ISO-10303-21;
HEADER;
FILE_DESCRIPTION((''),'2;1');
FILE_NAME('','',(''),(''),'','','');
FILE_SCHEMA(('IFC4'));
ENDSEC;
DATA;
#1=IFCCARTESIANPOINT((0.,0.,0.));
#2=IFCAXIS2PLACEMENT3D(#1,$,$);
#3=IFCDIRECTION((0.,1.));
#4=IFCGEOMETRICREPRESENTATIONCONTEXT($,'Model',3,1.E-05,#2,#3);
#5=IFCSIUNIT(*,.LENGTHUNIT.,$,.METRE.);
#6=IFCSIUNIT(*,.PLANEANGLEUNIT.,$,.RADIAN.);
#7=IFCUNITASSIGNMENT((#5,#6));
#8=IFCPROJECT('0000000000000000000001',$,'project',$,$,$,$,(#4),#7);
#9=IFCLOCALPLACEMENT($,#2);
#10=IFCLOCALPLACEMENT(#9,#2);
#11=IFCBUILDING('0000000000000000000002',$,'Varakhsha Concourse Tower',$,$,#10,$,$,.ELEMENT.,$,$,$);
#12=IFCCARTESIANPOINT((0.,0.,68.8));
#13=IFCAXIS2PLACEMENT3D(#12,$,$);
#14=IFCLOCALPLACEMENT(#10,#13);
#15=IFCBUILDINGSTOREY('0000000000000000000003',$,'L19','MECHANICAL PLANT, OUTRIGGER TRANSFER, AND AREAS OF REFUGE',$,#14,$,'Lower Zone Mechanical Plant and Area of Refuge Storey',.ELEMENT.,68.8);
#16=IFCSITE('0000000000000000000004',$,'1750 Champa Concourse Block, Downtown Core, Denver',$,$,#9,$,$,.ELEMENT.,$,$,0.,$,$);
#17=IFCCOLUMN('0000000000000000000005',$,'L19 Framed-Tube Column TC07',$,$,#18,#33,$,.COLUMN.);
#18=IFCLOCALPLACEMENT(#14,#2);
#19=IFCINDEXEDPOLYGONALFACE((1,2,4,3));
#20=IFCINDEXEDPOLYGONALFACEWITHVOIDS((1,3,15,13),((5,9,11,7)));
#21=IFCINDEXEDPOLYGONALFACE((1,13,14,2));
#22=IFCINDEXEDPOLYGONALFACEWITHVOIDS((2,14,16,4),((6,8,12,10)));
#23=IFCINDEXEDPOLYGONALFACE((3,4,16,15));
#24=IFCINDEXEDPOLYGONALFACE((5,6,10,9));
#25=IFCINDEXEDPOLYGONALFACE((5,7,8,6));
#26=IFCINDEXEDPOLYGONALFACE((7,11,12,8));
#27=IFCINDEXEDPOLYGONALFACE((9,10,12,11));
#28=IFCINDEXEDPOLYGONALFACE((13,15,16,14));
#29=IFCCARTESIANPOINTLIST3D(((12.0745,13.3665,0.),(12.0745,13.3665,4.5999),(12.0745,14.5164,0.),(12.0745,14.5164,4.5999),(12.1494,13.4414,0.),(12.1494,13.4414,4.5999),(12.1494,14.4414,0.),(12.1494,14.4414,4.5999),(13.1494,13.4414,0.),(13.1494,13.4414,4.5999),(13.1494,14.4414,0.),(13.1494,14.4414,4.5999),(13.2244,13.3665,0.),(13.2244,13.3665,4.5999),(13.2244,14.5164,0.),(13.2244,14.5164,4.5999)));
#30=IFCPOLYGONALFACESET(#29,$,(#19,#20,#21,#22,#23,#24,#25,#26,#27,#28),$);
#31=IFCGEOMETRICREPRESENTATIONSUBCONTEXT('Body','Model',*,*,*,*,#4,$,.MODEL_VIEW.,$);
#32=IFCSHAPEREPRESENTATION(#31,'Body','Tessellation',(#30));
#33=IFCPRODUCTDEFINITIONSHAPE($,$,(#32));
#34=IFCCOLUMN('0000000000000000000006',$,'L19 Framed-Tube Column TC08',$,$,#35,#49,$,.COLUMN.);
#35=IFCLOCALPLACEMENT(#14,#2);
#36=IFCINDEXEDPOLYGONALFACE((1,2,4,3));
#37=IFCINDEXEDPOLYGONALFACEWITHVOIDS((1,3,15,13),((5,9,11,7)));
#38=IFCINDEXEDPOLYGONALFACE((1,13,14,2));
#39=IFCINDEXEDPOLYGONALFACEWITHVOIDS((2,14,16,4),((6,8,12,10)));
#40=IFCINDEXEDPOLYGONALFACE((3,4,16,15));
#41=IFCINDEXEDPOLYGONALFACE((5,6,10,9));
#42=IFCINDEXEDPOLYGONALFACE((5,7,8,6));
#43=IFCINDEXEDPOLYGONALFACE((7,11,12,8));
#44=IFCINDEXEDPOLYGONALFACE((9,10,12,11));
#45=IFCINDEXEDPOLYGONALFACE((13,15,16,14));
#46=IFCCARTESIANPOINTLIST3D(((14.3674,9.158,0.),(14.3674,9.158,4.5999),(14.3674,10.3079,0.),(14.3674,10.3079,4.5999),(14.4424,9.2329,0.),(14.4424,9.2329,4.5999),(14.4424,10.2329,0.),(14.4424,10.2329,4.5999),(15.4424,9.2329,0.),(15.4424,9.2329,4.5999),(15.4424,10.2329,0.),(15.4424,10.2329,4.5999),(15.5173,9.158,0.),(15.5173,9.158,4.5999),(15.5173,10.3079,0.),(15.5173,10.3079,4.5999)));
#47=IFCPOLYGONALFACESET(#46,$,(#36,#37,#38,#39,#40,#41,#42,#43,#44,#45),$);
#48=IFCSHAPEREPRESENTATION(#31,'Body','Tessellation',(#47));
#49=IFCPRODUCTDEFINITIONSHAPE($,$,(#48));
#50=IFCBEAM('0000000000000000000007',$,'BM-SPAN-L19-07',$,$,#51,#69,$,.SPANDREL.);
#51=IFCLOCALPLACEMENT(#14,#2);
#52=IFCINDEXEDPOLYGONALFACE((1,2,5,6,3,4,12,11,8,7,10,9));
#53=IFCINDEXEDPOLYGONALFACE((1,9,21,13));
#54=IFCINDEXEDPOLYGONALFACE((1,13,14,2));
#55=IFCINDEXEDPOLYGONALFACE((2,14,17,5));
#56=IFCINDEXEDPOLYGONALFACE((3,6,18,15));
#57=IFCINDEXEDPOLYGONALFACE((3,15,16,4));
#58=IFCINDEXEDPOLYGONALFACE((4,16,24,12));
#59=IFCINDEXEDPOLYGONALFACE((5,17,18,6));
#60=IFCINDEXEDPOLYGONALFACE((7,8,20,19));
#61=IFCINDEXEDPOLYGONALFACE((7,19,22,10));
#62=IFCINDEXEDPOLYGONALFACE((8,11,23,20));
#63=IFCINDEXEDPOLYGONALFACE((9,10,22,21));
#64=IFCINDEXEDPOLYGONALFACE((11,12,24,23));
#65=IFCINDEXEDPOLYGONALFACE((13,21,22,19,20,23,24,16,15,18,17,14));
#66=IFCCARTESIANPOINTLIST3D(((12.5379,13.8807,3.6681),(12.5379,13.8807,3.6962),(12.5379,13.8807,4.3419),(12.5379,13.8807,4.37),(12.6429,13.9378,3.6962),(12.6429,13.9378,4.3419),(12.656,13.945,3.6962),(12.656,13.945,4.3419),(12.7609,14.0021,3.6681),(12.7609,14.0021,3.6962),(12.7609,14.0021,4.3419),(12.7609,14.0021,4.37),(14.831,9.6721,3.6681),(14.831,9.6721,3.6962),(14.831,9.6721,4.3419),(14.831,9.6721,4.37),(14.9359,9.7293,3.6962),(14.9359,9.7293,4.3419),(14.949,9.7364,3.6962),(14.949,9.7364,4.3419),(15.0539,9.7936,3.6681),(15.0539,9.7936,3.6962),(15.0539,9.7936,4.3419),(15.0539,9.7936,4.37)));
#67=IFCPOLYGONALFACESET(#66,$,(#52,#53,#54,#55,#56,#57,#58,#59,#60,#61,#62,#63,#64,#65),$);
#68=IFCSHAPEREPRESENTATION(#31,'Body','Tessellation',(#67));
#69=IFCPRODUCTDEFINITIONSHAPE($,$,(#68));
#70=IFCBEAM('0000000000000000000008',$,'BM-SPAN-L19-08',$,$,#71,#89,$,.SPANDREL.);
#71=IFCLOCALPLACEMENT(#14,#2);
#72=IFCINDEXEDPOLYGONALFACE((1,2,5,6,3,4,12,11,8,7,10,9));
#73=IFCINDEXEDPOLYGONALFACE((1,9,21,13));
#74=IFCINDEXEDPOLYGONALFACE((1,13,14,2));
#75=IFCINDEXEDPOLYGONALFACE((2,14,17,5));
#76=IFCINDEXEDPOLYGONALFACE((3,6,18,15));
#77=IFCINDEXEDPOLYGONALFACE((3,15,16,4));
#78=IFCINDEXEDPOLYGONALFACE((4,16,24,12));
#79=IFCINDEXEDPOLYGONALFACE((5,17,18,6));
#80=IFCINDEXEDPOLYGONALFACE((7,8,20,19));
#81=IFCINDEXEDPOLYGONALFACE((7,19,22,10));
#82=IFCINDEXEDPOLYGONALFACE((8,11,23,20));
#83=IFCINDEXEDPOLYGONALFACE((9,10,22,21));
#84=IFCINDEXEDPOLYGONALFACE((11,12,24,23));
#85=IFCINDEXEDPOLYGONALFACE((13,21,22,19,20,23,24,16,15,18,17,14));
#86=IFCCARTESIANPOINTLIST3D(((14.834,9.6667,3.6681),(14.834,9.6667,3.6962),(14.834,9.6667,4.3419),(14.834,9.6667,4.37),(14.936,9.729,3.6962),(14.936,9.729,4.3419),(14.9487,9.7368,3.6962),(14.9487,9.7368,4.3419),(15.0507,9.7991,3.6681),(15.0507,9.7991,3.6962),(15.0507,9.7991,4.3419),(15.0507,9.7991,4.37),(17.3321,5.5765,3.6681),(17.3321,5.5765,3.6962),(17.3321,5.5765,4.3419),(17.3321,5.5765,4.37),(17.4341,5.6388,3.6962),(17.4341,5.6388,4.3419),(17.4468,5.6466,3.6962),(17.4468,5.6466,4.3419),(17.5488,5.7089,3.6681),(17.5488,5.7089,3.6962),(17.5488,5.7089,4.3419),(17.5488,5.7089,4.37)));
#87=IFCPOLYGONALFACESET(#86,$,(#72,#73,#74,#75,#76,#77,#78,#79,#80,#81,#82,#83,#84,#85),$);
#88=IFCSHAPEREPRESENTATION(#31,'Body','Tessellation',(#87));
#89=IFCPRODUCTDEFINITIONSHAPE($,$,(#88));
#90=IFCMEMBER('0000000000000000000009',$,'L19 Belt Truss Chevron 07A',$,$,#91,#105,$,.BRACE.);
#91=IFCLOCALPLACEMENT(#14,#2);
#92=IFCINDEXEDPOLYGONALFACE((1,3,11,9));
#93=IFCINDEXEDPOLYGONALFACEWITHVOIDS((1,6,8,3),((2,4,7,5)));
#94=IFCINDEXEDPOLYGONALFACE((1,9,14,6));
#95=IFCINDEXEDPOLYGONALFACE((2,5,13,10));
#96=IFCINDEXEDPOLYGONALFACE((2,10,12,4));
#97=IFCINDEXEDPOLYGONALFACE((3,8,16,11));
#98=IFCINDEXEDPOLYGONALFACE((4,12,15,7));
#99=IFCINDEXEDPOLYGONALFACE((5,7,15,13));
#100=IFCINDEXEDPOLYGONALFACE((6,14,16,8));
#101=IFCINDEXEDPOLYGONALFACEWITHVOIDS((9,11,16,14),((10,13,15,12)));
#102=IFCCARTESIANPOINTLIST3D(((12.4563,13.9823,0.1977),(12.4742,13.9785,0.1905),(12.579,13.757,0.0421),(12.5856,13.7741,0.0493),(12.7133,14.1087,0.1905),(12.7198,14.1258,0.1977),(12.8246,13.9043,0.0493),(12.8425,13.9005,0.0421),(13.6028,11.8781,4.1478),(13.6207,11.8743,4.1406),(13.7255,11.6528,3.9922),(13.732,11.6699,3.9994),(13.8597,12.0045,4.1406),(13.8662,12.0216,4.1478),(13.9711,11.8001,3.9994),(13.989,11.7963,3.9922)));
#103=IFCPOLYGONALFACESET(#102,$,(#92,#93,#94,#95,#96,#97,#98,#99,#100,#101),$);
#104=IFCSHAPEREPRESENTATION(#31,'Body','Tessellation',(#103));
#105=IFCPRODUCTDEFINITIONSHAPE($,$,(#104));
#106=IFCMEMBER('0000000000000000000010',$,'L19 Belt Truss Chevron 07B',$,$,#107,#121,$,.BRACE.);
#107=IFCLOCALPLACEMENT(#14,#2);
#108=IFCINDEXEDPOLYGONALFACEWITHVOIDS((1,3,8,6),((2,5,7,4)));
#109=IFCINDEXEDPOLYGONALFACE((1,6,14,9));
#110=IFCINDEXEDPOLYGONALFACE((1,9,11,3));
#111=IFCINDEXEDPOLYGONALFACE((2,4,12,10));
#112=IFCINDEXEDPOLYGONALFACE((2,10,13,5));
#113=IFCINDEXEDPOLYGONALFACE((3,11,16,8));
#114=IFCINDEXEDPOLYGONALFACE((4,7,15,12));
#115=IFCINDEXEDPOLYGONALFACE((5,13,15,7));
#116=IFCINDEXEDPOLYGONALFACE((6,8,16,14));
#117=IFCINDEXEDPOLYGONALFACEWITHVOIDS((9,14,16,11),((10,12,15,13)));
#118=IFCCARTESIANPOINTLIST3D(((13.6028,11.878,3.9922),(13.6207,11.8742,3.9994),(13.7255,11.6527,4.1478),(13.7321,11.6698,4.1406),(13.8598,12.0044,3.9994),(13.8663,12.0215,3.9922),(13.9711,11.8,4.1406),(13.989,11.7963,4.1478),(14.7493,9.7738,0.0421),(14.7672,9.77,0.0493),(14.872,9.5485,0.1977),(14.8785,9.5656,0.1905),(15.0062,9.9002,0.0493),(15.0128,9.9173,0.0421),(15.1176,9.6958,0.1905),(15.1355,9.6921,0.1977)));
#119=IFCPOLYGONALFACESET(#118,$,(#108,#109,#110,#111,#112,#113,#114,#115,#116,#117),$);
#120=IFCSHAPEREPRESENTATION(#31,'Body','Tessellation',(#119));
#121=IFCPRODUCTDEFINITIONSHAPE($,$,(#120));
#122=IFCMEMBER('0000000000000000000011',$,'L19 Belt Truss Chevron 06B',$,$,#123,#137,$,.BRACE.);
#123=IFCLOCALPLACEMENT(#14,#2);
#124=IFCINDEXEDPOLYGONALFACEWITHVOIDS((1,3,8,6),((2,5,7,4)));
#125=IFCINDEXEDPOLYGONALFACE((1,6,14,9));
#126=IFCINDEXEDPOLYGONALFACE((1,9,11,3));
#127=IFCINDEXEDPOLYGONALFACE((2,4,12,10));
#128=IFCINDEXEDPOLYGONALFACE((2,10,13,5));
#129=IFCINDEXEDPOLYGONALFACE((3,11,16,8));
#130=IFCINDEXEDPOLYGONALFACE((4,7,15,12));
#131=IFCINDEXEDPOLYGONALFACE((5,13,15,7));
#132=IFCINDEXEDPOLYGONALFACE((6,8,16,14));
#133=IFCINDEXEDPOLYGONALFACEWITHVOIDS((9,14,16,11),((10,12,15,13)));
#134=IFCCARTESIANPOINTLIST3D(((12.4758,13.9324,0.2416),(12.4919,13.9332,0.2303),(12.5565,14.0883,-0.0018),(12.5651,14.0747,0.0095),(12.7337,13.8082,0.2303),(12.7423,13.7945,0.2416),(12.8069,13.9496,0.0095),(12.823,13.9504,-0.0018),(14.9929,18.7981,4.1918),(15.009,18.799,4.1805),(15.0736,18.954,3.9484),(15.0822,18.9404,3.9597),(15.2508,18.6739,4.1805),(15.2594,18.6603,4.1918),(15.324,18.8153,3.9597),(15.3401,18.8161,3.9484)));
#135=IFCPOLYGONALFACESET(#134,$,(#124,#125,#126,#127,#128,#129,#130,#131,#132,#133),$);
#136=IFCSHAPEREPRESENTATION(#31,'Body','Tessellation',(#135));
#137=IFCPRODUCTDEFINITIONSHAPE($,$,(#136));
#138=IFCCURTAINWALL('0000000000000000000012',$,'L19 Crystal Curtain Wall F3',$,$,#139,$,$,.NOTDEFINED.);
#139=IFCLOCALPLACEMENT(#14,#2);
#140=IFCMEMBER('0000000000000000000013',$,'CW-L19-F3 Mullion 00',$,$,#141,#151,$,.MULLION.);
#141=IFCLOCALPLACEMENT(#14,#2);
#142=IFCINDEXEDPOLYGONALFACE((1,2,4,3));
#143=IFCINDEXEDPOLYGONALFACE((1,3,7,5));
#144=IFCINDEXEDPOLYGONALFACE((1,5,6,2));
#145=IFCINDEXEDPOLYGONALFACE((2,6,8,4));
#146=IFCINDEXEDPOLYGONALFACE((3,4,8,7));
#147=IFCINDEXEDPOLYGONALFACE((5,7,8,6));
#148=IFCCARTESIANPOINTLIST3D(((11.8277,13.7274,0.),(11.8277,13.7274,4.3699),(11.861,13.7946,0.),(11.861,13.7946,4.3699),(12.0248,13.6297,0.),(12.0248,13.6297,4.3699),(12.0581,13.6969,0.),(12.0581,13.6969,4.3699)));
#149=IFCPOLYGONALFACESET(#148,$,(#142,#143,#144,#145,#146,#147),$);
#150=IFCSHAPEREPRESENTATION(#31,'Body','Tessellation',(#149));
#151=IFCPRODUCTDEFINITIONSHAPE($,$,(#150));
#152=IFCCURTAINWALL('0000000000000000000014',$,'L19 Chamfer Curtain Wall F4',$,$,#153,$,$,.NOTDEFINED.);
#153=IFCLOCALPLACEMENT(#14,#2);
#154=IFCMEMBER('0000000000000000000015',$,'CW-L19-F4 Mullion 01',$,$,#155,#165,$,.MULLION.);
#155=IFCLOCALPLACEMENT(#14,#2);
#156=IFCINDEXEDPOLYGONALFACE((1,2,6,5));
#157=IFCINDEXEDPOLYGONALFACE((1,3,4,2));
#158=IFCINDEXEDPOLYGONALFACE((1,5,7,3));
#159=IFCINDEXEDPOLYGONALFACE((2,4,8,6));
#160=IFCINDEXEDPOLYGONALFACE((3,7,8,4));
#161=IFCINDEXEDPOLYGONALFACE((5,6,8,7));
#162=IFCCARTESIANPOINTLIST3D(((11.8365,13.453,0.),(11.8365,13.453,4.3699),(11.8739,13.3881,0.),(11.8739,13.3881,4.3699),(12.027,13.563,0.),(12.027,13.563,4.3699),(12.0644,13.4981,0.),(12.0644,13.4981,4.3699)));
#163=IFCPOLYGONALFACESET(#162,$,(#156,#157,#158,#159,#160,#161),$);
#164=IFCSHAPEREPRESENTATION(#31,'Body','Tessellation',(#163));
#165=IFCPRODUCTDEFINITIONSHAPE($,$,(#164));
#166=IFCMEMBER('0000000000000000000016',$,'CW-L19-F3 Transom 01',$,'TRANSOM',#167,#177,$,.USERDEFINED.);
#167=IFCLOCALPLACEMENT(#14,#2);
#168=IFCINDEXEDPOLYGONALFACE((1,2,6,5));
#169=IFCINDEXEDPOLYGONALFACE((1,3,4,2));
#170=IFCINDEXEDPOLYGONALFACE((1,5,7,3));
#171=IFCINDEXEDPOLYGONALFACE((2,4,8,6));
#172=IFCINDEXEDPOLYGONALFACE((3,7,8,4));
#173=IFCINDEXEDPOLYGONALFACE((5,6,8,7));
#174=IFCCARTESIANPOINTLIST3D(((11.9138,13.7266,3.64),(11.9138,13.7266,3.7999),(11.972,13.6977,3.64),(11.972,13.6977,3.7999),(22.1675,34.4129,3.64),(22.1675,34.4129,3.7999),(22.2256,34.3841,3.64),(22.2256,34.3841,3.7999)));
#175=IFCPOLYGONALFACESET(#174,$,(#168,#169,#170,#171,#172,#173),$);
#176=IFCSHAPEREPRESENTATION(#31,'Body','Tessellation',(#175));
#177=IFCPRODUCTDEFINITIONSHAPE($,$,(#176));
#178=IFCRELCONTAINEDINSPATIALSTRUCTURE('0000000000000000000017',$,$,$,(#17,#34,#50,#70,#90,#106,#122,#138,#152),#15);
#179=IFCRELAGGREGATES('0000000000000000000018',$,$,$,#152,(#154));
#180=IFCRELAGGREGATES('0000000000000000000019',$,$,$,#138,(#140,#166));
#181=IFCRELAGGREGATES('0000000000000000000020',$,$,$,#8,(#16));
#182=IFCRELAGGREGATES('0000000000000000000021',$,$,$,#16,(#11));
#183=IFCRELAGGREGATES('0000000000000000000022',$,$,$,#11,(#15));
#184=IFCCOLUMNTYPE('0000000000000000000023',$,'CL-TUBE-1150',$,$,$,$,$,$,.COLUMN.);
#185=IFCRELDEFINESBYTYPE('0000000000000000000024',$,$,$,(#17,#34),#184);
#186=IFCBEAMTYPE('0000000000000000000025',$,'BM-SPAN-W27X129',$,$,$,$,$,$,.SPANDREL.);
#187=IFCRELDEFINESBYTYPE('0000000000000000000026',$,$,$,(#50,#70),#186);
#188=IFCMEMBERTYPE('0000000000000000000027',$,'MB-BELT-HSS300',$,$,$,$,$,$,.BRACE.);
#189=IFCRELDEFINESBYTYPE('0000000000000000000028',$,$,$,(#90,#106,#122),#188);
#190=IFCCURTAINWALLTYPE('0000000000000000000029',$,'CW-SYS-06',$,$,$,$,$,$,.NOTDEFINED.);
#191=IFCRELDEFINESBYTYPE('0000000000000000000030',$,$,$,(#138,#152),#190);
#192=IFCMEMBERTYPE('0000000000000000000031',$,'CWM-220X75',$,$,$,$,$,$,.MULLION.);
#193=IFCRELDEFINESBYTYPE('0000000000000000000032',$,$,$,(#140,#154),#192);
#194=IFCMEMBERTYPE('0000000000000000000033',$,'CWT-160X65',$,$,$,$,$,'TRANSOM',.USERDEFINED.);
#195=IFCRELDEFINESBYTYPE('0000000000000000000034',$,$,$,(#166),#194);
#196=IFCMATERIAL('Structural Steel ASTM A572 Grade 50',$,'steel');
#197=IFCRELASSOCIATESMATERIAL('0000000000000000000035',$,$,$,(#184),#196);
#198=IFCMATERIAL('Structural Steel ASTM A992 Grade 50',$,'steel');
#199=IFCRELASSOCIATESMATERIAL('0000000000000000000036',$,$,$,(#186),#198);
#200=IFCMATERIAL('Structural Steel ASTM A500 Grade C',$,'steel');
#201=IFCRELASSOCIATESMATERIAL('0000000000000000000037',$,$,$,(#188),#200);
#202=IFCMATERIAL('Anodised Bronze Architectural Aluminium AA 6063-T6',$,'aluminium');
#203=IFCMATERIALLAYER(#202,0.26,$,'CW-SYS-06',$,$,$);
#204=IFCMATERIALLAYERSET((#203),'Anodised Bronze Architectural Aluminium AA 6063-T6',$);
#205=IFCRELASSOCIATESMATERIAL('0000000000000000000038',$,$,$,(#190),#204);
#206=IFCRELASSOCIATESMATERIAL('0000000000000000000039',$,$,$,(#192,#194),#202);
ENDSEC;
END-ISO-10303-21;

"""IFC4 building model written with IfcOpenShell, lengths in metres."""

from ifc_helpers import new_model, si_unit, direction, frame, origin, origin_2d, place, context, subcontext, project, spatial, rectangle, hollow_rectangle, i_section, extrude, source, transform, mapped, material, layer, layer_set, material_profile, profile_set, type_object, type_shapes, element, aggregate, save


model = new_model("IFC4")

# Units and contexts
model_context = context("Model", 3, precision=1e-05, world=origin(), true_north=direction((0.0, 1.0)))
body_context = subcontext(model_context, "Body", "Model", "MODEL_VIEW")
ifc_project = project(units=[si_unit("LENGTHUNIT", "METRE"), si_unit("PLANEANGLEUNIT", "RADIAN")], contexts=[model_context])

# Site, building, storey
site_placement = place(None, origin())
site = spatial("IfcSite", under=ifc_project, at=site_placement, Name="1750 Champa Concourse Block, Downtown Core, Denver", CompositionType="ELEMENT", RefElevation=0.0)
building_placement = place(site_placement, origin())
building = spatial("IfcBuilding", under=site, at=building_placement, Name="Varakhsha Concourse Tower", CompositionType="ELEMENT")
storey_placement = place(building_placement, frame((0.0, 0.0, 68.8)))
storey = spatial("IfcBuildingStorey", under=building, at=storey_placement, Name="L19", Description="MECHANICAL PLANT, OUTRIGGER TRANSFER, AND AREAS OF REFUGE", LongName="Lower Zone Mechanical Plant and Area of Refuge Storey", CompositionType="ELEMENT", Elevation=68.8)

# Columns
ifc_material_1 = material(Name="Structural Steel ASTM A572 Grade 50", Category="steel")
ifc_material_profile_1 = material_profile(ifc_material_1, hollow_rectangle(XDim=1.1499, YDim=1.1499, WallThickness=0.075, at=origin_2d()), Name="BOX 1150x1150x75")
ifc_profile_set_1 = profile_set([ifc_material_profile_1], Name="Structural Steel ASTM A572 Grade 50")
column_type = type_object("IfcColumnType", Name="CL-TUBE-1150", PredefinedType="COLUMN", material=ifc_profile_set_1)
for number, where, z_axis, x_axis, name in (
    (1, (12.6494, 13.9414, 0.0), (0.0, 0.0, 1.0), (1.0, 0.0, 0.0), "L19 Framed-Tube Column TC07"),
    (2, (14.9424, 9.7329, 0.0), (0.0, 0.0, 1.0), (1.0, 0.0, 0.0), "L19 Framed-Tube Column TC08"),
):
    element("IfcColumn", number, at=place(storey_placement, frame(where, z_axis=z_axis, x_axis=x_axis)), inside=storey, type_object=column_type, Name=name, PredefinedType="COLUMN", context=body_context, shape_type="SweptSolid", body=[
        extrude(hollow_rectangle(XDim=1.1499, YDim=1.1499, WallThickness=0.075, at=origin_2d()), origin(), (0.0, 0.0, 1.0), 4.5999),
    ])

# Beams
ifc_material_2 = material(Name="Structural Steel ASTM A992 Grade 50", Category="steel")
ifc_material_profile_2 = material_profile(ifc_material_2, i_section(OverallWidth=0.2539, OverallDepth=0.7019, WebThickness=0.0149, FlangeThickness=0.0281, at=origin_2d()), Name="W27X129")
ifc_profile_set_2 = profile_set([ifc_material_profile_2], Name="Structural Steel ASTM A992 Grade 50")
beam_type = type_object("IfcBeamType", Name="BM-SPAN-W27X129", PredefinedType="SPANDREL", material=ifc_profile_set_2)
for number, where, z_axis, x_axis, name in (
    (3, (12.6494, 13.9414, 4.019), (0.478438, -0.878121, 0.0), (0.878121, 0.478438, 0.0), "BM-SPAN-L19-07"),
    (4, (14.9424, 9.7329, 4.019), (0.52123, -0.853417, 0.0), (0.853417, 0.52123, 0.0), "BM-SPAN-L19-08"),
):
    element("IfcBeam", number, at=place(storey_placement, frame(where, z_axis=z_axis, x_axis=x_axis)), inside=storey, type_object=beam_type, Name=name, PredefinedType="SPANDREL", context=body_context, shape_type="SweptSolid", body=[
        extrude(i_section(OverallWidth=0.2539, OverallDepth=0.7019, WebThickness=0.0149, FlangeThickness=0.0281, at=origin_2d()), origin(), (0.0, 0.0, 1.0), 4.7927),
    ])

# Members
ifc_material_3 = material(Name="Structural Steel ASTM A500 Grade C", Category="steel")
ifc_material_profile_3 = material_profile(ifc_material_3, hollow_rectangle(XDim=0.3, YDim=0.3, WallThickness=0.0139, at=origin_2d()), Name="HSS 300x300x14")
ifc_profile_set_3 = profile_set([ifc_material_profile_3], Name="Structural Steel ASTM A500 Grade C")
member_type_1 = type_object("IfcMemberType", Name="MB-BELT-HSS300", PredefinedType="BRACE", material=ifc_profile_set_3)
shared_shape_1 = source(origin(), body_context, "Body", "SweptSolid", [
    extrude(hollow_rectangle(XDim=0.3, YDim=0.3, WallThickness=0.0139, at=origin_2d()), origin(), (0.0, 0.0, 1.0), 4.6201),
])
for number, where, z_axis, x_axis, name in (
    (5, (12.6494, 13.9414, 0.1199), (0.248146, -0.455444, 0.854982), (0.878121, 0.478438, 0.0), "L19 Belt Truss Chevron 07A"),
    (6, (14.9424, 9.7329, 0.1199), (-0.248146, 0.455444, 0.854982), (-0.878121, -0.478438, 0.0), "L19 Belt Truss Chevron 07B"),
):
    element("IfcMember", number, at=place(storey_placement, frame(where, z_axis=z_axis, x_axis=x_axis)), inside=storey, type_object=member_type_1, Name=name, PredefinedType="BRACE", context=body_context, shape_type="MappedRepresentation", body=[
        mapped(shared_shape_1, transform((0.0, 0.0, 0.0), scale=1.0)),
    ])
shared_shape_2 = source(origin(), body_context, "Body", "SweptSolid", [
    extrude(hollow_rectangle(XDim=0.3, YDim=0.3, WallThickness=0.0139, at=origin_2d()), origin(), (0.0, 0.0, 1.0), 6.7539),
])
type_shapes(member_type_1, [shared_shape_1, shared_shape_2])
member_1_placement = place(storey_placement, frame((12.6494, 13.9414, 0.1199), z_axis=(0.372687, 0.720433, 0.584877), x_axis=(-0.888193, 0.459471, 0.0)))
element("IfcMember", 7, at=member_1_placement, inside=storey, type_object=member_type_1, Name="L19 Belt Truss Chevron 06B", PredefinedType="BRACE", context=body_context, shape_type="MappedRepresentation", body=[
    mapped(shared_shape_2, transform((0.0, 0.0, 0.0), scale=1.0)),
])

# Curtain walls, members
ifc_material_4 = material(Name="Anodised Bronze Architectural Aluminium AA 6063-T6", Category="aluminium")
ifc_layer_1 = layer(ifc_material_4, 0.26, Name="CW-SYS-06")
ifc_layer_set_1 = layer_set([ifc_layer_1], Name="Anodised Bronze Architectural Aluminium AA 6063-T6")
curtain_wall_type = type_object("IfcCurtainWallType", Name="CW-SYS-06", PredefinedType="NOTDEFINED", material=ifc_layer_set_1)
curtain_wall_1_placement = place(storey_placement, origin())
curtain_wall_1 = element("IfcCurtainWall", 8, at=curtain_wall_1_placement, inside=storey, type_object=curtain_wall_type, Name="L19 Crystal Curtain Wall F3", PredefinedType="NOTDEFINED")
ifc_material_profile_4 = material_profile(ifc_material_4, rectangle(XDim=0.075, YDim=0.22, at=origin_2d()), Name="CWM-220X75")
ifc_profile_set_4 = profile_set([ifc_material_profile_4], Name="Anodised Bronze Architectural Aluminium AA 6063-T6")
member_type_2 = type_object("IfcMemberType", Name="CWM-220X75", PredefinedType="MULLION", material=ifc_profile_set_4)
shared_shape_3 = source(origin(), body_context, "Body", "SweptSolid", [
    extrude(rectangle(XDim=0.075, YDim=0.22, at=origin_2d()), origin(), (0.0, 0.0, 1.0), 4.3699),
])
type_shapes(member_type_2, [shared_shape_3])
member_2_placement = place(storey_placement, frame((11.9429, 13.7122, 0.0), z_axis=(0.0, 0.0, 1.0), x_axis=(0.444108, 0.895973, 0.0)))
member_2 = element("IfcMember", 9, at=member_2_placement, type_object=member_type_2, Name="CW-L19-F3 Mullion 00", PredefinedType="MULLION", context=body_context, shape_type="MappedRepresentation", body=[
    mapped(shared_shape_3, transform((0.0, 0.0, 0.0), scale=1.0)),
])
curtain_wall_2_placement = place(storey_placement, origin())
curtain_wall_2 = element("IfcCurtainWall", 10, at=curtain_wall_2_placement, inside=storey, type_object=curtain_wall_type, Name="L19 Chamfer Curtain Wall F4", PredefinedType="NOTDEFINED")
member_3_placement = place(storey_placement, frame((11.9504, 13.4756, 0.0), z_axis=(0.0, 0.0, 1.0), x_axis=(-0.499995, 0.866028, 0.0)))
member_3 = element("IfcMember", 11, at=member_3_placement, type_object=member_type_2, Name="CW-L19-F4 Mullion 01", PredefinedType="MULLION", context=body_context, shape_type="MappedRepresentation", body=[
    mapped(shared_shape_3, transform((0.0, 0.0, 0.0), scale=1.0)),
])

# Member
ifc_material_profile_5 = material_profile(ifc_material_4, rectangle(XDim=0.0649, YDim=0.1599, at=origin_2d()), Name="CWT-160X65")
ifc_profile_set_5 = profile_set([ifc_material_profile_5], Name="Anodised Bronze Architectural Aluminium AA 6063-T6")
member_type_3 = type_object("IfcMemberType", Name="CWT-160X65", ElementType="TRANSOM", PredefinedType="USERDEFINED", material=ifc_profile_set_5)
shared_shape_4 = source(origin(), body_context, "Body", "SweptSolid", [
    extrude(rectangle(XDim=0.0649, YDim=0.1599, at=origin_2d()), origin(), (0.0, 0.0, 1.0), 23.0881),
])
type_shapes(member_type_3, [shared_shape_4])
member_4_placement = place(storey_placement, frame((11.9429, 13.7122, 3.72), z_axis=(0.444111, 0.895972, 0.0), x_axis=(-0.895972, 0.444111, 0.0)))
member_4 = element("IfcMember", 12, at=member_4_placement, type_object=member_type_3, Name="CW-L19-F3 Transom 01", ObjectType="TRANSOM", PredefinedType="USERDEFINED", context=body_context, shape_type="MappedRepresentation", body=[
    mapped(shared_shape_4, transform((0.0, 0.0, 0.0), scale=1.0)),
])

aggregate(curtain_wall_2, [member_3])
aggregate(curtain_wall_1, [member_2, member_4])

save(model, "model.ifc")
